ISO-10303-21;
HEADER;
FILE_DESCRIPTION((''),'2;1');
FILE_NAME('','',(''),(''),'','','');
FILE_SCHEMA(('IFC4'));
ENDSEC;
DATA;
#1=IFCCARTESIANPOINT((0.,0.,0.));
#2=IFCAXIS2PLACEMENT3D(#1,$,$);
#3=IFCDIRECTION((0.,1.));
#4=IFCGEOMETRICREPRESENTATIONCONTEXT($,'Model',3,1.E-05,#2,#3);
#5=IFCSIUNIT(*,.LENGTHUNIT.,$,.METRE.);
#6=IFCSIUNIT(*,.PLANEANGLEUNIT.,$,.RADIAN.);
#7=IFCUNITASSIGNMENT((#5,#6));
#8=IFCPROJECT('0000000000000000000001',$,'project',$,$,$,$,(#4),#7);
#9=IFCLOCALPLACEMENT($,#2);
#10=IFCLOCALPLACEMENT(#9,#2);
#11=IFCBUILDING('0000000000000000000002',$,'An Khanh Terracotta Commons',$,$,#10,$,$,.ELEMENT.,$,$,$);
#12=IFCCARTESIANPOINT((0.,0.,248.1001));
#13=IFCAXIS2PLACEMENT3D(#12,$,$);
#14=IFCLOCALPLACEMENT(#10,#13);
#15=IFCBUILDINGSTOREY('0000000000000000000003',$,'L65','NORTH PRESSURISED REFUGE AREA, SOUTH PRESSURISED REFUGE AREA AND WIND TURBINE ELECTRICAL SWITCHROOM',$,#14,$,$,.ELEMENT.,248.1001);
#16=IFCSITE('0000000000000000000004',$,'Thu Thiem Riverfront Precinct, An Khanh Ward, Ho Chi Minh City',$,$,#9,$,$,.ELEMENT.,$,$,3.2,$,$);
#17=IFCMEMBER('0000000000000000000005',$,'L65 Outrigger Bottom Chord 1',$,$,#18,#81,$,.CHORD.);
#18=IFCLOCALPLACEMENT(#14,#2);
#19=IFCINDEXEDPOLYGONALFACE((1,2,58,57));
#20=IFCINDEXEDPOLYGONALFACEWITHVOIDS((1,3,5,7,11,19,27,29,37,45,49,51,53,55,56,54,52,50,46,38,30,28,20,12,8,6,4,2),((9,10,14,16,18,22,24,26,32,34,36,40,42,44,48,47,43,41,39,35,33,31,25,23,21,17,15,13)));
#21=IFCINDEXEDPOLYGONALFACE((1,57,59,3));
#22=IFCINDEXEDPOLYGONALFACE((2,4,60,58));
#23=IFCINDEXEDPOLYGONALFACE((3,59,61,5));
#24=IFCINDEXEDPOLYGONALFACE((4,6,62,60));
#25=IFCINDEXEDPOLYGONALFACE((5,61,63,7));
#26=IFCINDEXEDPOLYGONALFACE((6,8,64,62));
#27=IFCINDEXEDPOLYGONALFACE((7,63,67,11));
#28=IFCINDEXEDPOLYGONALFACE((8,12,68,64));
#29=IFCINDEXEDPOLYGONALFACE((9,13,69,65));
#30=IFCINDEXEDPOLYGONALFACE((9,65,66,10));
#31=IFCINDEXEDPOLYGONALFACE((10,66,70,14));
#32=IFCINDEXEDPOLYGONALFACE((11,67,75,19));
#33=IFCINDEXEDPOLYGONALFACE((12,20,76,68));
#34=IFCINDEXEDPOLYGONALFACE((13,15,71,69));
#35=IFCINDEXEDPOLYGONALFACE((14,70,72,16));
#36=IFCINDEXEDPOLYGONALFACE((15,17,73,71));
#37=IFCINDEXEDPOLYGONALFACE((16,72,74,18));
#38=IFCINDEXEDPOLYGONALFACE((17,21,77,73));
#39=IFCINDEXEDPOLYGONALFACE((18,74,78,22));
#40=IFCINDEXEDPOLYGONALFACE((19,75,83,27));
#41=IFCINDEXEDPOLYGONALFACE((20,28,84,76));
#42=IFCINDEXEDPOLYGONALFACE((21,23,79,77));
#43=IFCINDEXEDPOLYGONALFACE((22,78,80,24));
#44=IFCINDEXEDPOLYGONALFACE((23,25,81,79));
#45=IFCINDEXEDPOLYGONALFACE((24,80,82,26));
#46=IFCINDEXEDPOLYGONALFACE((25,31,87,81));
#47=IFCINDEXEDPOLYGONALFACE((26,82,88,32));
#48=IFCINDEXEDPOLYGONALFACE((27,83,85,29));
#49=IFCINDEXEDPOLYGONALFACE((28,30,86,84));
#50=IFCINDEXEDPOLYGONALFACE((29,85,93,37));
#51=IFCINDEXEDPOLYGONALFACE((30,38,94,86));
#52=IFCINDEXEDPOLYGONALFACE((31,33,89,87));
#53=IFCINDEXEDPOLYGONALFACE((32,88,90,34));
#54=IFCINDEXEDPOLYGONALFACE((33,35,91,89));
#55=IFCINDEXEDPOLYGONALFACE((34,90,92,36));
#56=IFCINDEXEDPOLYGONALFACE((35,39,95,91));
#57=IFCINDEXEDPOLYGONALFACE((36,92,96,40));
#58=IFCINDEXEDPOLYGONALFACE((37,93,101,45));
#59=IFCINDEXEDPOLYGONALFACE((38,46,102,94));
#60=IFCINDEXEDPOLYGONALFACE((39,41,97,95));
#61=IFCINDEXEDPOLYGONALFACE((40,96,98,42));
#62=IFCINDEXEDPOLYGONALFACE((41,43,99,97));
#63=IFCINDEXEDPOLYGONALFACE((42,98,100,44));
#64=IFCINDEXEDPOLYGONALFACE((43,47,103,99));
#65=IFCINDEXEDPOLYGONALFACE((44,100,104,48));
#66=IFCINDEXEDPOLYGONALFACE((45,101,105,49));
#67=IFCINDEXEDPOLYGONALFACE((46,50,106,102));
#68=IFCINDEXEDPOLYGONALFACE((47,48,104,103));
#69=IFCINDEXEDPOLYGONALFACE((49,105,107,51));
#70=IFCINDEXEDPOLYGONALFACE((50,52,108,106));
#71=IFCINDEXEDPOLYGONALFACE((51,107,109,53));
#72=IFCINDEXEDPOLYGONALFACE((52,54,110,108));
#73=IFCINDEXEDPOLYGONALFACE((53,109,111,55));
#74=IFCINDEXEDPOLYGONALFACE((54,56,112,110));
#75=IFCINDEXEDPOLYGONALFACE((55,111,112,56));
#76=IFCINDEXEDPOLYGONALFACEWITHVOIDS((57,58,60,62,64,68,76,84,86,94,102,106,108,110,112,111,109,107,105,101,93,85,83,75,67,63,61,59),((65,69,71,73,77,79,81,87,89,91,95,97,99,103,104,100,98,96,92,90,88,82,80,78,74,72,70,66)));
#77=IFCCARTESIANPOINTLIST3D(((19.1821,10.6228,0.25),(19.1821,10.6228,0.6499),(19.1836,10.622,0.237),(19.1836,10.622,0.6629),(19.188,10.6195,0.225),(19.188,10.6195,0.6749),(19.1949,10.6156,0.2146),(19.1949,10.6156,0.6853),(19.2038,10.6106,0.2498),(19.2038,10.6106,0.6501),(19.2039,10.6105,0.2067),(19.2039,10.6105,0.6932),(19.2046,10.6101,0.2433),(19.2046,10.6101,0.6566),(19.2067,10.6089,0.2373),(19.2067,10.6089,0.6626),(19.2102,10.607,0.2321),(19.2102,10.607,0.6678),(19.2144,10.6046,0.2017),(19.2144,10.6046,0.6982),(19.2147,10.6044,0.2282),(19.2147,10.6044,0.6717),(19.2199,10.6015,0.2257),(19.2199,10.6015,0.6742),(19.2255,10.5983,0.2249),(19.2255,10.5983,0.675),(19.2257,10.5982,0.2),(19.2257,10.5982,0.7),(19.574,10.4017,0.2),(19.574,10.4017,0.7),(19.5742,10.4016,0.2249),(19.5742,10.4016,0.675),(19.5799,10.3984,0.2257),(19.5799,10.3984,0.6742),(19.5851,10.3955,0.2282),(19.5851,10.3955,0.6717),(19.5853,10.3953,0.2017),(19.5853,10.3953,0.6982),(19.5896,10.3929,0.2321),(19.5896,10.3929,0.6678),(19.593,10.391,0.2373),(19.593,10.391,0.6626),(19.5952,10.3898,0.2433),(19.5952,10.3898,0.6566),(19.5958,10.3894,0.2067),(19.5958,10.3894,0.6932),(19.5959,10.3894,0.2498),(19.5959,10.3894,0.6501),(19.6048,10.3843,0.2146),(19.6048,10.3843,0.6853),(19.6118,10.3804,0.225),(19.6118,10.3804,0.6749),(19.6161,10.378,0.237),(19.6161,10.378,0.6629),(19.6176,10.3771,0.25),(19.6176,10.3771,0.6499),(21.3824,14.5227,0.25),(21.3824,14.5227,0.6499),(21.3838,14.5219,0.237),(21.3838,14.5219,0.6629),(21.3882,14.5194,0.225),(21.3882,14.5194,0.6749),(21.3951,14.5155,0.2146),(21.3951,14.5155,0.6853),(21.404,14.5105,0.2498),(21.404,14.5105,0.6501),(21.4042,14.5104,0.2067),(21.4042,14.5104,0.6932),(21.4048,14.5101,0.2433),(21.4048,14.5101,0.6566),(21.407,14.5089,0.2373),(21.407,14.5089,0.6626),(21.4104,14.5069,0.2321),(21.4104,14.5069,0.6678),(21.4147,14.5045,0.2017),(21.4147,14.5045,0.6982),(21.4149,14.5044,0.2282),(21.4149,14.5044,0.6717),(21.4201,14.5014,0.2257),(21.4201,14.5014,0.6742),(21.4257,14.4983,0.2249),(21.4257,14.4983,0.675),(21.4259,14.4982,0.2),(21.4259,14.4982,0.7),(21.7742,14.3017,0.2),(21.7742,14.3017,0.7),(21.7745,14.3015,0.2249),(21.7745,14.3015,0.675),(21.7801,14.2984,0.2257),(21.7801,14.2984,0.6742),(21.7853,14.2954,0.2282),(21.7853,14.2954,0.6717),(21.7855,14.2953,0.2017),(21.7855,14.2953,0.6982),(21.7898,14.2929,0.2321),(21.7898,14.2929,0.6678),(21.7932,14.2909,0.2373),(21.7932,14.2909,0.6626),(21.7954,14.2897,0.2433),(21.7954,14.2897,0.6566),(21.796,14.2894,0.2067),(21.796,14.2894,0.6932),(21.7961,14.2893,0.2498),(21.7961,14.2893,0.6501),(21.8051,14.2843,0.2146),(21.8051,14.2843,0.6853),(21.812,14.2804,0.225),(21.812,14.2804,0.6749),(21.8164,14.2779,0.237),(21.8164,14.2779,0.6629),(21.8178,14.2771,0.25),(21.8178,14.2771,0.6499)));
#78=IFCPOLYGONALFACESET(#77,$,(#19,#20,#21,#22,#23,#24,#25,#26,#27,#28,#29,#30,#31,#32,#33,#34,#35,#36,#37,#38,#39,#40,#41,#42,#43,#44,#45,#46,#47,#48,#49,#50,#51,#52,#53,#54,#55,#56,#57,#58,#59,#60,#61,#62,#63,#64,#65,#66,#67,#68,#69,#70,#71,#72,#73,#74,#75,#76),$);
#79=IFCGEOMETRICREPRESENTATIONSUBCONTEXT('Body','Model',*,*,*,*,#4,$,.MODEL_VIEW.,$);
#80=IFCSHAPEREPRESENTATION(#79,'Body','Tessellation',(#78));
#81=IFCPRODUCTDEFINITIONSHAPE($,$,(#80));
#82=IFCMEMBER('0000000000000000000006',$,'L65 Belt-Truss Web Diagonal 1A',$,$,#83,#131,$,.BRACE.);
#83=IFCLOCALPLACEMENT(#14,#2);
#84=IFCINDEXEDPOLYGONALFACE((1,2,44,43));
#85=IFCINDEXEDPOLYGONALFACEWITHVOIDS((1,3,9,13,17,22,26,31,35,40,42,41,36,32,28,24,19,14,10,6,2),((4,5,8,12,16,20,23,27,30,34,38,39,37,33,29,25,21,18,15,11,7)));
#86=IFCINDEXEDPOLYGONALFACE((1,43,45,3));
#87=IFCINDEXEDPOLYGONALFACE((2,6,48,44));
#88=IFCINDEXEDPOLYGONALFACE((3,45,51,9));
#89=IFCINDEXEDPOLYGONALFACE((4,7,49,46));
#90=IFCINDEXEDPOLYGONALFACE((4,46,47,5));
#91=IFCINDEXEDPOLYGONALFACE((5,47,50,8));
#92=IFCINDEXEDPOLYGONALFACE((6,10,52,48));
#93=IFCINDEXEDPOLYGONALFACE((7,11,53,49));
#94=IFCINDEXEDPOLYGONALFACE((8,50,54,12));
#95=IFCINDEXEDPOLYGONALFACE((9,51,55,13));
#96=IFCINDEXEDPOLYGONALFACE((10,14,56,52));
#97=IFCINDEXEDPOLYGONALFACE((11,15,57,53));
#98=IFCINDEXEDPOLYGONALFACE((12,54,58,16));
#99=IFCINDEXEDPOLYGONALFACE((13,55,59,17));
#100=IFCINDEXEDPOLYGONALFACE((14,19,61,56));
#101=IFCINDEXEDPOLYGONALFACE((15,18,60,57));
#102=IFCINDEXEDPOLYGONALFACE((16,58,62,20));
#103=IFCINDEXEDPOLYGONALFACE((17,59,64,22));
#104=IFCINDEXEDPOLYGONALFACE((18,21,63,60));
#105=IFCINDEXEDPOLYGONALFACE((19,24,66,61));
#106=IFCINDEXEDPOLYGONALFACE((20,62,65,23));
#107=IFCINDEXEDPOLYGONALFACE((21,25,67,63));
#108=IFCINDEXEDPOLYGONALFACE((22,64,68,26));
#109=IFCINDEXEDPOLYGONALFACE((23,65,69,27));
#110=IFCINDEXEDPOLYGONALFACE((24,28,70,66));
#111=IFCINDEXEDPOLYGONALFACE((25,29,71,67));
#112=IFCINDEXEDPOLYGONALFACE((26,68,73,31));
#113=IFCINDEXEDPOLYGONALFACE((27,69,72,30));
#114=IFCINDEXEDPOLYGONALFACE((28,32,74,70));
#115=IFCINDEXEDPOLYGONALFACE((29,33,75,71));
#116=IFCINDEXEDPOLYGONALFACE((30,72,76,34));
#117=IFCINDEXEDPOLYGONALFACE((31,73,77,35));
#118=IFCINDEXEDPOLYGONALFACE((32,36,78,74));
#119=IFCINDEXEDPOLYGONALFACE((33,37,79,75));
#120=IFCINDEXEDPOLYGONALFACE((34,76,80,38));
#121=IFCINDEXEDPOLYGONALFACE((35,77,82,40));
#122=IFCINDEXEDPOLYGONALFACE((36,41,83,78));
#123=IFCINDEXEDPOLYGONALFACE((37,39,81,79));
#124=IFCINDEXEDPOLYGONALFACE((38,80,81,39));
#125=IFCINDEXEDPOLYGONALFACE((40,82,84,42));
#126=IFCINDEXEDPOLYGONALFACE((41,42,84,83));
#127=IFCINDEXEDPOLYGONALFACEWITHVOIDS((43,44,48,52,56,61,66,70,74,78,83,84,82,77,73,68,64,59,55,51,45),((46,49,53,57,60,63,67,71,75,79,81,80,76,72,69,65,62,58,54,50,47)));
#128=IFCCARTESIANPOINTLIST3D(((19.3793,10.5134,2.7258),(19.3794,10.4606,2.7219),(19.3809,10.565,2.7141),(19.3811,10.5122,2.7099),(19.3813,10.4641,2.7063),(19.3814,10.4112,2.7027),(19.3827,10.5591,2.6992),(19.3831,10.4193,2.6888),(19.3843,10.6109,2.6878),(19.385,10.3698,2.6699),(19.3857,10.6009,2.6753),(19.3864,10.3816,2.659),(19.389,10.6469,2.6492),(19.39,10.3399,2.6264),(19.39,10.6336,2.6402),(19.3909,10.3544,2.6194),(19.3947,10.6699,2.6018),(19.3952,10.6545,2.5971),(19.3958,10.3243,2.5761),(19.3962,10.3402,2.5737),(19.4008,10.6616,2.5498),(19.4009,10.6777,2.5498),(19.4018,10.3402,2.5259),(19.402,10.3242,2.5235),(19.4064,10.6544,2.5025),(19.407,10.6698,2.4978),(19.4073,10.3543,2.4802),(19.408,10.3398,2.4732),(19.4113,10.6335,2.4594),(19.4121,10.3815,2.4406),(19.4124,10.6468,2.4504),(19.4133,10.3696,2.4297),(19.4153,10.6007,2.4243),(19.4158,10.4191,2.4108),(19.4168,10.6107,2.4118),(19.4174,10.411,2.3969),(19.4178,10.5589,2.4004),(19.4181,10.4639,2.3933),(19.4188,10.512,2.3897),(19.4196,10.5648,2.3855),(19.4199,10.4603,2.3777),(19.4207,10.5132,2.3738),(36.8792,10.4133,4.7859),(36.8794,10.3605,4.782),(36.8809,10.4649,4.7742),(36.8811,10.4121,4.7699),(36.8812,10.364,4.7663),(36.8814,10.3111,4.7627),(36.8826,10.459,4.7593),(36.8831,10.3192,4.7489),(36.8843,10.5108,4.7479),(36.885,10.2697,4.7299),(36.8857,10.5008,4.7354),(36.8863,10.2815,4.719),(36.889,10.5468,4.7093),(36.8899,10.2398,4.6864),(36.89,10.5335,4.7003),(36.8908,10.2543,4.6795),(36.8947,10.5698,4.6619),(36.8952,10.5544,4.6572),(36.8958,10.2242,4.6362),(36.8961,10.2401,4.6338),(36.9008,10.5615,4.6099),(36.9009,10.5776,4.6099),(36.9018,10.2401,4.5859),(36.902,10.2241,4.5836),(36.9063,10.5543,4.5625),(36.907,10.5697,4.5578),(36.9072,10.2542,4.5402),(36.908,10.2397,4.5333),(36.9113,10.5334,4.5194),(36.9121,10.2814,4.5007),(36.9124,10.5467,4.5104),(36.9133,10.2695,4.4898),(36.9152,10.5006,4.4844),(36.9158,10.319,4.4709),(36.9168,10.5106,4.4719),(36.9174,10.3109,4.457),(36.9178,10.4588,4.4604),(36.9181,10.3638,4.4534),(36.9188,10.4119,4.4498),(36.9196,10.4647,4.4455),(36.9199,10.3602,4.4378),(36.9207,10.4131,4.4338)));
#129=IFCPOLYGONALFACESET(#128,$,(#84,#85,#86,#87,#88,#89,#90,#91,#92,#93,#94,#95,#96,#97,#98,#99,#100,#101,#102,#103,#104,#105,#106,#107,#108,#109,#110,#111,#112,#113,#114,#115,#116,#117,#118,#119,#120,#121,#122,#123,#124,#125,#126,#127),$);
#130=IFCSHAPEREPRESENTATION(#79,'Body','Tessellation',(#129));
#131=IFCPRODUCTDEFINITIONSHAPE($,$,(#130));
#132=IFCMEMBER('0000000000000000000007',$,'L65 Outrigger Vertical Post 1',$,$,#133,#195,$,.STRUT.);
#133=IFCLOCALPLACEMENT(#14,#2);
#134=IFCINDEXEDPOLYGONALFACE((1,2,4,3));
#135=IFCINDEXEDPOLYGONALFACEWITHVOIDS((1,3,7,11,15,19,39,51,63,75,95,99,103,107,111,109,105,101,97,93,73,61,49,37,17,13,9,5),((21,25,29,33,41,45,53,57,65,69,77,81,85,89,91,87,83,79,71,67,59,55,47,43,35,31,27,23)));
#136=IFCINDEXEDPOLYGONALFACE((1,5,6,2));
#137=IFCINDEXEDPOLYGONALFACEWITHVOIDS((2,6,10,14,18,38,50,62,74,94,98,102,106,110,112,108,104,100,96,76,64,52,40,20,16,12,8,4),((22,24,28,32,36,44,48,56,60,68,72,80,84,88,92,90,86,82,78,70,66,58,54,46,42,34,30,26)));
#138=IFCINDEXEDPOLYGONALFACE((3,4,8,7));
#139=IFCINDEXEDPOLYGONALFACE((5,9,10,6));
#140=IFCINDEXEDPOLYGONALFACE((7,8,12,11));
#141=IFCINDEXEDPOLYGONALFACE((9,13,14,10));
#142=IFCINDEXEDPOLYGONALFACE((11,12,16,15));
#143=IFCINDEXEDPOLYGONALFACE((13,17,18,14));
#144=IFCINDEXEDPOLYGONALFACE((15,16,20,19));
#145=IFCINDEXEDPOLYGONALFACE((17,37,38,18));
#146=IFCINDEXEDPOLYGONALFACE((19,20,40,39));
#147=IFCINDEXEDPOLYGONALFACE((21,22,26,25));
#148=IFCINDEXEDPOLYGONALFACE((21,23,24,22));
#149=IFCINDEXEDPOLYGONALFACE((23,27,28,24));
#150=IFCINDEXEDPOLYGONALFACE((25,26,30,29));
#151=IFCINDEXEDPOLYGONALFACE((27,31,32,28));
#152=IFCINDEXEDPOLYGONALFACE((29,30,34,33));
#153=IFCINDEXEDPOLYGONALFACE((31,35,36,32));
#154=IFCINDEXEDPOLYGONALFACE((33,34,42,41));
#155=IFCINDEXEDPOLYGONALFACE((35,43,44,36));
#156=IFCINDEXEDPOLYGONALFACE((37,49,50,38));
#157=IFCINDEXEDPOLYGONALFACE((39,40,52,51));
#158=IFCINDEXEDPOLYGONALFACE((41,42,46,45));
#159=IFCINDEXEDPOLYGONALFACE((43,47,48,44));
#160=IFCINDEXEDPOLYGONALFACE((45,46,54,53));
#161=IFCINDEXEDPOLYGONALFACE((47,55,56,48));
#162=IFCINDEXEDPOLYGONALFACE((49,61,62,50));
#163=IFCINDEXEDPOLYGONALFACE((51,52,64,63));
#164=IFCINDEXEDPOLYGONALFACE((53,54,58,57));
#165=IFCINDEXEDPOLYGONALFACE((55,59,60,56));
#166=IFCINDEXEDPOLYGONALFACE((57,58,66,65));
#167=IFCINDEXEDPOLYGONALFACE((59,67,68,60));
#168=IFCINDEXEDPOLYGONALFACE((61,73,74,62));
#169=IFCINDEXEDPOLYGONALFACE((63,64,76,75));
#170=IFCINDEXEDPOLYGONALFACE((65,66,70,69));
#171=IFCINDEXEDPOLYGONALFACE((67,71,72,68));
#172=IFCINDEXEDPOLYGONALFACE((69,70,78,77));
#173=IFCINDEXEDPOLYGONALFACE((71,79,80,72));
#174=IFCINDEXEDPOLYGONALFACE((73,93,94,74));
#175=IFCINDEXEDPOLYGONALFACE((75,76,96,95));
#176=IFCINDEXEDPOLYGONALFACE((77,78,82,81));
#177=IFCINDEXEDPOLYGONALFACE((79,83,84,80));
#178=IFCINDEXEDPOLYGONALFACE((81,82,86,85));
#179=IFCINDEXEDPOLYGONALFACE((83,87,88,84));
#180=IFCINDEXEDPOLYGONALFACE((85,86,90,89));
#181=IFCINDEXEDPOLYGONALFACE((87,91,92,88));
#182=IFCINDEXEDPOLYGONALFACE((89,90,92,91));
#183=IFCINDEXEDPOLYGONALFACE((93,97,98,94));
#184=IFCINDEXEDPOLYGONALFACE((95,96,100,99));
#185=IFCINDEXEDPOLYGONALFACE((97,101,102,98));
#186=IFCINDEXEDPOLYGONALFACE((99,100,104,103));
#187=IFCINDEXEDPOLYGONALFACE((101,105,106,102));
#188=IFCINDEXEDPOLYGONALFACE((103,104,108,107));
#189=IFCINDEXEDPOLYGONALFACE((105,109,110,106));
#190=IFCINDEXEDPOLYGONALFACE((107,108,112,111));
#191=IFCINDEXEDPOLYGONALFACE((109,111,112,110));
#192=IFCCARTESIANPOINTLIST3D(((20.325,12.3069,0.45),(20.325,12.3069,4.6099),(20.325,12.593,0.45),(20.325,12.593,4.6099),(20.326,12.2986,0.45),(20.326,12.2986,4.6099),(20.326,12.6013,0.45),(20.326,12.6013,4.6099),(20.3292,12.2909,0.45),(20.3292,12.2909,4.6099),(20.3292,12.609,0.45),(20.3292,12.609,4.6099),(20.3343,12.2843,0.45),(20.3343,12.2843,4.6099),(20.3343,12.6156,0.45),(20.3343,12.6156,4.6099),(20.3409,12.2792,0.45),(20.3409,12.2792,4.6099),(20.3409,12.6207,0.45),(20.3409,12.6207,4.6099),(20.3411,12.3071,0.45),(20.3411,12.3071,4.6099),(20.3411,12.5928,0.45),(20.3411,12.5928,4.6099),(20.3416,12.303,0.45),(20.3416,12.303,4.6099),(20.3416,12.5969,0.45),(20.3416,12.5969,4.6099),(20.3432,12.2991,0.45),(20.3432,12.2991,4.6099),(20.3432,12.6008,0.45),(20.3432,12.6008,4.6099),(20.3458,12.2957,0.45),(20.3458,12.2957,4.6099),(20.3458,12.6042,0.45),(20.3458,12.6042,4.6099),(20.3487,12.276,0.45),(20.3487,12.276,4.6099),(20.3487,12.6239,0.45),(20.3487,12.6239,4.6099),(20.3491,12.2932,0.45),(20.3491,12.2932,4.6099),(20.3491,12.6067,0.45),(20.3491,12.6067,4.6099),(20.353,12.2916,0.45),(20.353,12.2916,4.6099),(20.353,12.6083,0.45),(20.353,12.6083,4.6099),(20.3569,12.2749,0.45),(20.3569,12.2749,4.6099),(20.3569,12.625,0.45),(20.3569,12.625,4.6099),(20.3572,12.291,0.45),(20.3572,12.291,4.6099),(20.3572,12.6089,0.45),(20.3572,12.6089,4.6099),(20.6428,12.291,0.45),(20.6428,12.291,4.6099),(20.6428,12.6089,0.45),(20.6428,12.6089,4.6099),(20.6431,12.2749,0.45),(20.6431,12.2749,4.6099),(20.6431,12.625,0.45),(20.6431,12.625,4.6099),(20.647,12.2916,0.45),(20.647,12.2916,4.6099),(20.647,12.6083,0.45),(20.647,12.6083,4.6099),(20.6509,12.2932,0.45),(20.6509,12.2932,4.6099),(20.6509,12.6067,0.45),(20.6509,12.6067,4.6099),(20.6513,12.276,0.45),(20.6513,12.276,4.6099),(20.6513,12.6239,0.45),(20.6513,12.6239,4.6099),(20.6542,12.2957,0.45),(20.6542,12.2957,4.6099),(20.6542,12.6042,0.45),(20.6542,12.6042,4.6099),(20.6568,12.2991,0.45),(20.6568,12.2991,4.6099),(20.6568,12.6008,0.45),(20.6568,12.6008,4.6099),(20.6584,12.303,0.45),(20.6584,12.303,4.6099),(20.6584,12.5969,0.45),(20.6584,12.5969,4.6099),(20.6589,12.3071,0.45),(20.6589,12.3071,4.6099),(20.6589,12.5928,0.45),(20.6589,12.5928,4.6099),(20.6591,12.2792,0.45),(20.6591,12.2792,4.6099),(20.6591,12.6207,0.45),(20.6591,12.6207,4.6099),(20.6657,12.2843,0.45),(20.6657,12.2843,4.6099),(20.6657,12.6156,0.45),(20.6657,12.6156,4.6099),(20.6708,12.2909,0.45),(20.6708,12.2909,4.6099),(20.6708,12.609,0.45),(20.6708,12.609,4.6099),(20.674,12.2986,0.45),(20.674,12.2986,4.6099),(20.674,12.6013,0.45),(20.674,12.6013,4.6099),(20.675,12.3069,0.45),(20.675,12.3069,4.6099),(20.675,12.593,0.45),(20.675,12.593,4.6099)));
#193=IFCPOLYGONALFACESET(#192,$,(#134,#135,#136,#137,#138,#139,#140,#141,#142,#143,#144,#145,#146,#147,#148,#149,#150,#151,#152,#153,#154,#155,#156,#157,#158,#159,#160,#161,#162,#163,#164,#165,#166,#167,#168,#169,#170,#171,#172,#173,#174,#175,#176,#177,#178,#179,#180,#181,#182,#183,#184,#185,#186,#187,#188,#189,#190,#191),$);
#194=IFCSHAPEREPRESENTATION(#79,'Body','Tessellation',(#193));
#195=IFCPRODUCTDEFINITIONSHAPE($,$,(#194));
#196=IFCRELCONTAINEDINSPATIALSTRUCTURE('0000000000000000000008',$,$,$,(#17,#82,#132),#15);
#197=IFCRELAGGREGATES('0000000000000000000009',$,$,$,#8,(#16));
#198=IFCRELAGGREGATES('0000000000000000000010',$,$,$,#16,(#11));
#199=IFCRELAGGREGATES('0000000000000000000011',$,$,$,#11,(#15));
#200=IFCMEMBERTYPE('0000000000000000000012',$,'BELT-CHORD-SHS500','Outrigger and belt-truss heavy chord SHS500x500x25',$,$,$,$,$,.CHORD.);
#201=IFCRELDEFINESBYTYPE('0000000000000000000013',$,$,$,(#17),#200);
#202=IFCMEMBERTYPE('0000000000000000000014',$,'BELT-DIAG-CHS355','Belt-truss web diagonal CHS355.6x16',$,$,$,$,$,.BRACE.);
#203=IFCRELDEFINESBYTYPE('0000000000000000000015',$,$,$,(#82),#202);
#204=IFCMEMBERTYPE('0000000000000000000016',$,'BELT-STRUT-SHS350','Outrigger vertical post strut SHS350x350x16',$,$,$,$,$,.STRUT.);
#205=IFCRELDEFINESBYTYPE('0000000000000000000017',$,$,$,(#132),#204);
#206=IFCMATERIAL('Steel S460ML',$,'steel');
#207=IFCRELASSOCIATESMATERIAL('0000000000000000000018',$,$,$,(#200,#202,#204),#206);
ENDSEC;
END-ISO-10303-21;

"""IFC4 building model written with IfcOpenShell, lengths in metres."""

from ifc_helpers import new_model, si_unit, direction, frame, origin, origin_2d, place, context, subcontext, project, spatial, hollow_rectangle, hollow_circle, extrude, material, material_profile, profile_set, type_object, element, save


model = new_model("IFC4")

# Units and contexts
model_context = context("Model", 3, precision=1e-05, world=origin(), true_north=direction((0.0, 1.0)))
body_context = subcontext(model_context, "Body", "Model", "MODEL_VIEW")
ifc_project = project(units=[si_unit("LENGTHUNIT", "METRE"), si_unit("PLANEANGLEUNIT", "RADIAN")], contexts=[model_context])

# Site, building, storey
site_placement = place(None, origin())
site = spatial("IfcSite", under=ifc_project, at=site_placement, Name="Thu Thiem Riverfront Precinct, An Khanh Ward, Ho Chi Minh City", CompositionType="ELEMENT", RefElevation=3.2)
building_placement = place(site_placement, origin())
building = spatial("IfcBuilding", under=site, at=building_placement, Name="An Khanh Terracotta Commons", CompositionType="ELEMENT")
storey_placement = place(building_placement, frame((0.0, 0.0, 248.1001)))
storey = spatial("IfcBuildingStorey", under=building, at=storey_placement, Name="L65", Description="NORTH PRESSURISED REFUGE AREA, SOUTH PRESSURISED REFUGE AREA AND WIND TURBINE ELECTRICAL SWITCHROOM", CompositionType="ELEMENT", Elevation=248.1001)

# Members
ifc_material_1 = material(Name="Steel S460ML", Category="steel")
ifc_material_profile_1 = material_profile(ifc_material_1, hollow_rectangle(XDim=0.5, YDim=0.5, WallThickness=0.0249, InnerFilletRadius=0.0249, OuterFilletRadius=0.05, at=origin_2d()), Name="SHS500x500x25")
ifc_profile_set_1 = profile_set([ifc_material_profile_1], Name="Steel S460ML")
member_type_1 = type_object("IfcMemberType", Name="BELT-CHORD-SHS500", Description="Outrigger and belt-truss heavy chord SHS500x500x25", PredefinedType="CHORD", material=ifc_profile_set_1)
member_1_placement = place(storey_placement, frame((21.6001, 14.3999, 0.45), z_axis=(-0.491364, -0.870955, 0.0), x_axis=(0.870955, -0.491364, 0.0)))
element("IfcMember", 1, at=member_1_placement, inside=storey, type_object=member_type_1, Name="L65 Outrigger Bottom Chord 1", PredefinedType="CHORD", context=body_context, shape_type="SweptSolid", body=[
    extrude(hollow_rectangle(XDim=0.5, YDim=0.5, WallThickness=0.0249, InnerFilletRadius=0.0249, OuterFilletRadius=0.05, at=origin_2d()), origin(), (0.0, 0.0, 1.0), 4.4778),
])
ifc_material_profile_2 = material_profile(ifc_material_1, hollow_circle(Radius=0.1777, WallThickness=0.0161, at=origin_2d()), Name="CHS355.6x16")
ifc_profile_set_2 = profile_set([ifc_material_profile_2], Name="Steel S460ML")
member_type_2 = type_object("IfcMemberType", Name="BELT-DIAG-CHS355", Description="Belt-truss web diagonal CHS355.6x16", PredefinedType="BRACE", material=ifc_profile_set_2)
member_2_placement = place(storey_placement, frame((19.3999, 10.5, 2.5498), z_axis=(0.993126, -0.005681, 0.116908), x_axis=(0.00572, 0.999984, 0.0)))
element("IfcMember", 2, at=member_2_placement, inside=storey, type_object=member_type_2, Name="L65 Belt-Truss Web Diagonal 1A", PredefinedType="BRACE", context=body_context, shape_type="SweptSolid", body=[
    extrude(hollow_circle(Radius=0.1777, WallThickness=0.0161, at=origin_2d()), origin(), (0.0, 0.0, 1.0), 17.6211),
])
ifc_material_profile_3 = material_profile(ifc_material_1, hollow_rectangle(XDim=0.3501, YDim=0.3501, WallThickness=0.0161, InnerFilletRadius=0.0161, OuterFilletRadius=0.032, at=origin_2d()), Name="SHS350x350x16")
ifc_profile_set_3 = profile_set([ifc_material_profile_3], Name="Steel S460ML")
member_type_3 = type_object("IfcMemberType", Name="BELT-STRUT-SHS350", Description="Outrigger vertical post strut SHS350x350x16", PredefinedType="STRUT", material=ifc_profile_set_3)
member_3_placement = place(storey_placement, frame((20.5, 12.45, 0.45), z_axis=(0.0, 0.0, 1.0), x_axis=(1.0, 0.0, 0.0)))
element("IfcMember", 3, at=member_3_placement, inside=storey, type_object=member_type_3, Name="L65 Outrigger Vertical Post 1", PredefinedType="STRUT", context=body_context, shape_type="SweptSolid", body=[
    extrude(hollow_rectangle(XDim=0.3501, YDim=0.3501, WallThickness=0.0161, InnerFilletRadius=0.0161, OuterFilletRadius=0.032, at=origin_2d()), origin(), (0.0, 0.0, 1.0), 4.1599),
])

save(model, "model.ifc")
